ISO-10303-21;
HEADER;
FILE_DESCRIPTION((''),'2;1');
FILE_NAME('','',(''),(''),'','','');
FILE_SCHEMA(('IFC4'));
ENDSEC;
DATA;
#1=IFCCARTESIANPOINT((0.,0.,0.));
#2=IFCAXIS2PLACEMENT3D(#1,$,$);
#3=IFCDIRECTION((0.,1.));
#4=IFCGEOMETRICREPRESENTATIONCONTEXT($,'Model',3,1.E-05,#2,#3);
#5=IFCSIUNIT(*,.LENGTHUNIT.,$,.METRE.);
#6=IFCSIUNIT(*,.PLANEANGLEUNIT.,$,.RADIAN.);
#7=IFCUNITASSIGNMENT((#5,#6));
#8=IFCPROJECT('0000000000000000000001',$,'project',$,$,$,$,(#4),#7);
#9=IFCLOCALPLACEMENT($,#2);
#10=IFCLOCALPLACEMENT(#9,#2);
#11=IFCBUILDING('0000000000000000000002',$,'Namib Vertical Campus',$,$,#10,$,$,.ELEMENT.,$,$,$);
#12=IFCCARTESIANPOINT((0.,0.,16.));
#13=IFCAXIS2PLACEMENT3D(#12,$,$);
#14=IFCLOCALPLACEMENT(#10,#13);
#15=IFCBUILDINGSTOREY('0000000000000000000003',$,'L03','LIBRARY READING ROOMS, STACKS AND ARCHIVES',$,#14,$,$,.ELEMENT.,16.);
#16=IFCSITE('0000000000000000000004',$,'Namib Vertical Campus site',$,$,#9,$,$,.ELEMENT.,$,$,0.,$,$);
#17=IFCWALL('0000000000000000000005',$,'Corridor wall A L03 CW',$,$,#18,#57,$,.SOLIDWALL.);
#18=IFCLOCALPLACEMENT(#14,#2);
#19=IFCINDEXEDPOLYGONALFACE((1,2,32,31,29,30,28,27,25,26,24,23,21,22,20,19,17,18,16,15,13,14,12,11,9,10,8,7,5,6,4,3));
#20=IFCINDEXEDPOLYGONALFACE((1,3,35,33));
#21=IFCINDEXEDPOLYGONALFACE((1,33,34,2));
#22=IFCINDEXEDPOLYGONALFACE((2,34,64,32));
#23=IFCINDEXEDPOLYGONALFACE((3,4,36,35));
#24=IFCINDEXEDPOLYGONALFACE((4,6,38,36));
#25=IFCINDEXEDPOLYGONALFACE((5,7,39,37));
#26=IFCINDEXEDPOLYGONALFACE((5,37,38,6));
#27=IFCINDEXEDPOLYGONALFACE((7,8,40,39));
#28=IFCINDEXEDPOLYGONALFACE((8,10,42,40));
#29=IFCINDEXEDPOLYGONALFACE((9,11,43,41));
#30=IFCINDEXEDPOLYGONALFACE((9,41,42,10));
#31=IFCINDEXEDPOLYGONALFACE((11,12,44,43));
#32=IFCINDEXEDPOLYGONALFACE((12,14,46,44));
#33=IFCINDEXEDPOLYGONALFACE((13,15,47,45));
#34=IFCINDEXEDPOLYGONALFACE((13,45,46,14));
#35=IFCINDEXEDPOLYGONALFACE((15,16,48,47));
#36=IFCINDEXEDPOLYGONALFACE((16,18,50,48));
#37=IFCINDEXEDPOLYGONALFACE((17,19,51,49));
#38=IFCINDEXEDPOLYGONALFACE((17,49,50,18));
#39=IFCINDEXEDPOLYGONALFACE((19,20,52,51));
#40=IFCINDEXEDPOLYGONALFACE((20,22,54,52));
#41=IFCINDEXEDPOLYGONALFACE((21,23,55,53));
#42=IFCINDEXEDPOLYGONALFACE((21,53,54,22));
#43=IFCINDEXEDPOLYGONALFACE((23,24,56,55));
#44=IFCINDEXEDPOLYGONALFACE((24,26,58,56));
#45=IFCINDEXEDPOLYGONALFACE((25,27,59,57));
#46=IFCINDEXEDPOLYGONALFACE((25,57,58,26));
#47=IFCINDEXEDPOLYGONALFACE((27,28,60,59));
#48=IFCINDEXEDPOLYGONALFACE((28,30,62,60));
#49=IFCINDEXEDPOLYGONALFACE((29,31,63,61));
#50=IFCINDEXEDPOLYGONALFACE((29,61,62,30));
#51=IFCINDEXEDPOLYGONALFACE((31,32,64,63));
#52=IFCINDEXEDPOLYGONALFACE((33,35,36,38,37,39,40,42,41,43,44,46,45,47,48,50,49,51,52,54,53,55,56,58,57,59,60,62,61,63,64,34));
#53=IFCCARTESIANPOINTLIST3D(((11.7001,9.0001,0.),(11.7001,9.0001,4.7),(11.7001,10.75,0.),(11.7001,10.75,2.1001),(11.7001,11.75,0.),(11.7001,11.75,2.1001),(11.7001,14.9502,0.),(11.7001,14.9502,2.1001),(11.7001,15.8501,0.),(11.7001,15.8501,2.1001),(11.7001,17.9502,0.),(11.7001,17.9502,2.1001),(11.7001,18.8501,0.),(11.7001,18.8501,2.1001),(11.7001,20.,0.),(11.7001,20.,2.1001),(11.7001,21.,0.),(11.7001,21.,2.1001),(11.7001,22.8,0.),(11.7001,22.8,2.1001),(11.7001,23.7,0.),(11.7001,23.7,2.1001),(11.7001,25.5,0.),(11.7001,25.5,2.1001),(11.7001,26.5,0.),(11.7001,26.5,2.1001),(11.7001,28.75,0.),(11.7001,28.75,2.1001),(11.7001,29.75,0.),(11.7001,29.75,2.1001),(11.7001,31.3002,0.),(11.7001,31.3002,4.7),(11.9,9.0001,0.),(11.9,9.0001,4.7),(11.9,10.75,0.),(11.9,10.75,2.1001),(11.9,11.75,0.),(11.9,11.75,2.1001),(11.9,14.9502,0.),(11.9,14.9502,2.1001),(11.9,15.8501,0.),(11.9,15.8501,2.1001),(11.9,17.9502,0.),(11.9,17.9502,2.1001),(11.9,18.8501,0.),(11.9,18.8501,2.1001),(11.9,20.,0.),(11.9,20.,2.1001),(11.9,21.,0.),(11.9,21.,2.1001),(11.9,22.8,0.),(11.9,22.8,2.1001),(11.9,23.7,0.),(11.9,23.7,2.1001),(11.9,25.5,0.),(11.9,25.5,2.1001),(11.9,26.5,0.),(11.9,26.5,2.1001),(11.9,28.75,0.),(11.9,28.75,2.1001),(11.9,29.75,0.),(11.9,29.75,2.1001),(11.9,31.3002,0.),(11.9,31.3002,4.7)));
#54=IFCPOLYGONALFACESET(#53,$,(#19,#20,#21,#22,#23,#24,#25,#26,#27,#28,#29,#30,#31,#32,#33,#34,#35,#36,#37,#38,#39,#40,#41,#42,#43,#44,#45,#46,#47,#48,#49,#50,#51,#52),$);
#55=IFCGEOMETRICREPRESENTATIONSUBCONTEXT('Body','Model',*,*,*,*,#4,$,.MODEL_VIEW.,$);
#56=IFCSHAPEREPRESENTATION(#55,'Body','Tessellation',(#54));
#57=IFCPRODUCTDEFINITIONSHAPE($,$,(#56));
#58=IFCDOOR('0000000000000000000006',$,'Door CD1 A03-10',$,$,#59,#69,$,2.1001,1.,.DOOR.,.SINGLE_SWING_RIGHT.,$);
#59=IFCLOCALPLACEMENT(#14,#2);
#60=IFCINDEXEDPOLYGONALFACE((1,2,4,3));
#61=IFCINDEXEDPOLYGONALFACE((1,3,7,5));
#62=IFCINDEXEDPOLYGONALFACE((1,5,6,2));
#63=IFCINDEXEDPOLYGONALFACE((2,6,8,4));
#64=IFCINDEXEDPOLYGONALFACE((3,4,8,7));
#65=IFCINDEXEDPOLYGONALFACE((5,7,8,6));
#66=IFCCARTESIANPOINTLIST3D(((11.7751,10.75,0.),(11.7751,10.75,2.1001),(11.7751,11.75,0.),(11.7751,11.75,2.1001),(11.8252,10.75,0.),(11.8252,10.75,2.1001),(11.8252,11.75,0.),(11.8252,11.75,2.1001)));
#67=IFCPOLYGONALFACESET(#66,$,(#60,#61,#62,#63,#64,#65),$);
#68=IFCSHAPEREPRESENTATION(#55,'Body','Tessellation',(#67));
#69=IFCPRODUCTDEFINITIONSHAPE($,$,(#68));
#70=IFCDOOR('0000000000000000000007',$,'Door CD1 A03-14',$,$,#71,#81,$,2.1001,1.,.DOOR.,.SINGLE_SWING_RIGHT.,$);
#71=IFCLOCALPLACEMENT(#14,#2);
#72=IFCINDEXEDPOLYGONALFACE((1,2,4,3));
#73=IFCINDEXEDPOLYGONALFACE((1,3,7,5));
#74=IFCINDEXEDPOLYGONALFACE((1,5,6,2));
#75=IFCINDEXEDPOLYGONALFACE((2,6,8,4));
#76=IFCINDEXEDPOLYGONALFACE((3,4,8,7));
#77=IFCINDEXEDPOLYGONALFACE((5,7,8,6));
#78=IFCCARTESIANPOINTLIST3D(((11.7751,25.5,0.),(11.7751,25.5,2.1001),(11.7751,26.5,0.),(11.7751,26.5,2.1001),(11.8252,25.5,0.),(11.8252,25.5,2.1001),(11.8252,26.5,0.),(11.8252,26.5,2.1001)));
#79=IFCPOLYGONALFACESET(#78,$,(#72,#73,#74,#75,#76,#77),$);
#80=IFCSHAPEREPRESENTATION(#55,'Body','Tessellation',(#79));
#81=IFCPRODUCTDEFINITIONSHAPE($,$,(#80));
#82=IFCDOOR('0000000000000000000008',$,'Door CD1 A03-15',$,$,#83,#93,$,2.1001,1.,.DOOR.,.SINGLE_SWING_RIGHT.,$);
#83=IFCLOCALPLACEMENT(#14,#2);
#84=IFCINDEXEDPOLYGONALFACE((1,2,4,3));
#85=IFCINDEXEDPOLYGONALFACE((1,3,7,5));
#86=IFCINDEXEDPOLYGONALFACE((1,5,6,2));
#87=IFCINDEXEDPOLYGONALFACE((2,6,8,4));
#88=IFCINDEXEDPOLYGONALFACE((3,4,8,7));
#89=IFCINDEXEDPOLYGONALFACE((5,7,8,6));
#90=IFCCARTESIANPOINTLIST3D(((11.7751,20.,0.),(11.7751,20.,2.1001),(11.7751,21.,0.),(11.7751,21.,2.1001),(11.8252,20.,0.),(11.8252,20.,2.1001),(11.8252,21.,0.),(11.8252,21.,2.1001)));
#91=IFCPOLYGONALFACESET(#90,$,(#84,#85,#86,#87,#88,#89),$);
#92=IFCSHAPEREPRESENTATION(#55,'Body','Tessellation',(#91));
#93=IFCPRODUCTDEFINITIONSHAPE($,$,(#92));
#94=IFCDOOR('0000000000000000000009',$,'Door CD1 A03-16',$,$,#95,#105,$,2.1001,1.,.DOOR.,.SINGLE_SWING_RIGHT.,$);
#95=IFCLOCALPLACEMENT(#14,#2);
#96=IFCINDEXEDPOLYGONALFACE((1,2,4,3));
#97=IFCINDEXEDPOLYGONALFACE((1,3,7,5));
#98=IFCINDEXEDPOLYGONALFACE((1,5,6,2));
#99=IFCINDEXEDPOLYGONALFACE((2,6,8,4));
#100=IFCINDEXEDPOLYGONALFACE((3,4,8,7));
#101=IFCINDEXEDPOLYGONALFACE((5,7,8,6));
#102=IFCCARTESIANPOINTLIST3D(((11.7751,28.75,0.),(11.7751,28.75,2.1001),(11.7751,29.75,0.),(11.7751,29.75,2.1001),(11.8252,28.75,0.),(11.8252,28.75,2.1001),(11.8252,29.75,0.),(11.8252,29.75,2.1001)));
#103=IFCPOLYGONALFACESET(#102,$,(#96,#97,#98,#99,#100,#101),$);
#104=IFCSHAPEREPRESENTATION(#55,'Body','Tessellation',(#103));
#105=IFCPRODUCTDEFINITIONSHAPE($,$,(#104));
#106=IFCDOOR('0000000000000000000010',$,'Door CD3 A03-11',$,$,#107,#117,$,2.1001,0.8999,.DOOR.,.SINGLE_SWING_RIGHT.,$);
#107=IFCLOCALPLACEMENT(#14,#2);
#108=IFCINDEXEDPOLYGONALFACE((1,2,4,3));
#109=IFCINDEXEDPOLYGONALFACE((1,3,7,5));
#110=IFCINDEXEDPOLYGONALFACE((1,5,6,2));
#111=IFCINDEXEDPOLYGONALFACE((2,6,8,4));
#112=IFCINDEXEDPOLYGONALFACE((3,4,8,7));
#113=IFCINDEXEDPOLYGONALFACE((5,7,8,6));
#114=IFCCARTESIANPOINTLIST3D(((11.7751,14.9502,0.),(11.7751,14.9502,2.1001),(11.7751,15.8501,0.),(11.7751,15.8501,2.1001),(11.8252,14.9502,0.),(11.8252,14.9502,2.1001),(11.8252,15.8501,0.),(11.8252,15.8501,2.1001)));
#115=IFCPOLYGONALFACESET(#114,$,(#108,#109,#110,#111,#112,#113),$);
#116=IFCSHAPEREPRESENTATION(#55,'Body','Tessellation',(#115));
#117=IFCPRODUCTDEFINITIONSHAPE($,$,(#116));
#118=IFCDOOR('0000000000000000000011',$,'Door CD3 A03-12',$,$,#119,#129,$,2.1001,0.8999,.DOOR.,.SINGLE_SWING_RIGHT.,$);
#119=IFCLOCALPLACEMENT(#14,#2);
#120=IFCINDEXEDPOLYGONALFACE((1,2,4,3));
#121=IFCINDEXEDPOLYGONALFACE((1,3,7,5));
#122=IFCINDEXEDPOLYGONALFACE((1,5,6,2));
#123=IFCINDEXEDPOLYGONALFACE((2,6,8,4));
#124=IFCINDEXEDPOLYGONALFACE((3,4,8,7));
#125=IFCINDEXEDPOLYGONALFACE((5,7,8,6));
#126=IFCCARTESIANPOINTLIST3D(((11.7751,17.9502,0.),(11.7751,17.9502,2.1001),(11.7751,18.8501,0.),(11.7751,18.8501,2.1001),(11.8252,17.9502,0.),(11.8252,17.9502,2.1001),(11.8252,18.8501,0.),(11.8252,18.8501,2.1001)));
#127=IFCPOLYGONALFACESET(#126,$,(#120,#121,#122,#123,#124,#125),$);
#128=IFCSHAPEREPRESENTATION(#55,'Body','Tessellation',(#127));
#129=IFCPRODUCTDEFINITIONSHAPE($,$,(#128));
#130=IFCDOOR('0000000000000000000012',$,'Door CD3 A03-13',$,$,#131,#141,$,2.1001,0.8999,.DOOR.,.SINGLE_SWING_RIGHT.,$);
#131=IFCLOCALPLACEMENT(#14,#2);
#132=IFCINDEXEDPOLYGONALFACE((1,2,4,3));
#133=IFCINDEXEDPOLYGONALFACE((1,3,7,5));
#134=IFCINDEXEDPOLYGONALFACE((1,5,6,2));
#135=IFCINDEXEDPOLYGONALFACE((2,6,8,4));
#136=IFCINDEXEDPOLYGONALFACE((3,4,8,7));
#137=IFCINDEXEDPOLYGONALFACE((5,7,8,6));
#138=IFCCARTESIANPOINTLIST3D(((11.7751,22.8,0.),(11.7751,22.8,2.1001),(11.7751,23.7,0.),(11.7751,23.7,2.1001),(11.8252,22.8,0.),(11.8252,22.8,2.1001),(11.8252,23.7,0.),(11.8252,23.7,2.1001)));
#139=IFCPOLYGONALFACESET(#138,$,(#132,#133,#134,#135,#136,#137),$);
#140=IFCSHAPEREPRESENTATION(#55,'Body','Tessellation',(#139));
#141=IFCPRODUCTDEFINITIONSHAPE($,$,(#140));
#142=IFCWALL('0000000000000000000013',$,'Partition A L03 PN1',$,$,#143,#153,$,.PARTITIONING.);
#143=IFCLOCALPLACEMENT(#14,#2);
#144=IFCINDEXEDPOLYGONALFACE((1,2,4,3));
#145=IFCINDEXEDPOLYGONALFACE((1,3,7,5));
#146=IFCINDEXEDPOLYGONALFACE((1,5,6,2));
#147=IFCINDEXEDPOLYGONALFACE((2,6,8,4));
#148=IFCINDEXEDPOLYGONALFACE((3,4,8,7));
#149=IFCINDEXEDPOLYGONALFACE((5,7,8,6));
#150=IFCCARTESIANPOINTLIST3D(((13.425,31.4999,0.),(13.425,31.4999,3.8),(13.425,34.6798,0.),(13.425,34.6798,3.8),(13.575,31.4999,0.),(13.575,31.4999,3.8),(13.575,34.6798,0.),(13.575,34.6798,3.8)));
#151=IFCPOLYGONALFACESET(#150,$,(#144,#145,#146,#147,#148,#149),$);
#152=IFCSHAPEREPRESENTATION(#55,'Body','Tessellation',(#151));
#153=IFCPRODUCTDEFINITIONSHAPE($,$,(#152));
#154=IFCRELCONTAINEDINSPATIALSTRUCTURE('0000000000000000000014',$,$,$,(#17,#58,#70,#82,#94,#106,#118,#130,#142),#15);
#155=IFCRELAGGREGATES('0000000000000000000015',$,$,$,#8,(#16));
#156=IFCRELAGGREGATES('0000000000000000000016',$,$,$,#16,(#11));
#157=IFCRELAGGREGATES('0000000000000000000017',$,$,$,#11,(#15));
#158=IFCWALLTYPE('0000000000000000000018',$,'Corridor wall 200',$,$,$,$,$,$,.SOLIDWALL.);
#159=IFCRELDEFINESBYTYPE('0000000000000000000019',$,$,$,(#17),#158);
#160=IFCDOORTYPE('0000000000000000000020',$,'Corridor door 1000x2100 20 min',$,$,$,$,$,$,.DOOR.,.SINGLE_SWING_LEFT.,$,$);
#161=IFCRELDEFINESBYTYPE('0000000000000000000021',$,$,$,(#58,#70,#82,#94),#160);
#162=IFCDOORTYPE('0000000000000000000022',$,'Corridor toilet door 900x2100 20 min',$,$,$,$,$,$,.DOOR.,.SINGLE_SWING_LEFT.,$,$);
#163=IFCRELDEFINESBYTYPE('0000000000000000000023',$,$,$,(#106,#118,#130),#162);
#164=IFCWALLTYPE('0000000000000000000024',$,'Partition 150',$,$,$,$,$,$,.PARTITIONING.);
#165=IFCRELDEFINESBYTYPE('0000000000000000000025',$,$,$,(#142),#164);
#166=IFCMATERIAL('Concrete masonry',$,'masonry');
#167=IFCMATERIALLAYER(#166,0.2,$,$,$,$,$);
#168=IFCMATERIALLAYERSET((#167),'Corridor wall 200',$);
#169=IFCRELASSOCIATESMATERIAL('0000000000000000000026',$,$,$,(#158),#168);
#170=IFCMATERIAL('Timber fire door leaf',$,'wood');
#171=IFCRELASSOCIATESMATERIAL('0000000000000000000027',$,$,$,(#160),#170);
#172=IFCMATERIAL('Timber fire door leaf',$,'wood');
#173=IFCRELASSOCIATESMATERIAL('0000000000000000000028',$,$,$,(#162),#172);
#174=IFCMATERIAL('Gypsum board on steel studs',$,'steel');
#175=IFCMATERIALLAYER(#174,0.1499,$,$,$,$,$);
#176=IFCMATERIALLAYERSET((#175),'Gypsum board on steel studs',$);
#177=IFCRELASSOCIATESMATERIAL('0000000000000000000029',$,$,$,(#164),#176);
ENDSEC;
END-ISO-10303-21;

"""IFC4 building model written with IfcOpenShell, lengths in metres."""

from ifc_helpers import new_model, si_unit, direction, frame, frame_2d, origin, place, context, subcontext, project, spatial, rectangle, extrude, material, layer, layer_set, type_object, element, fill, save


model = new_model("IFC4")

# Units and contexts
model_context = context("Model", 3, precision=1e-05, world=origin(), true_north=direction((0.0, 1.0)))
body_context = subcontext(model_context, "Body", "Model", "MODEL_VIEW")
ifc_project = project(units=[si_unit("LENGTHUNIT", "METRE"), si_unit("PLANEANGLEUNIT", "RADIAN")], contexts=[model_context])

# Site, building, storey
site_placement = place(None, origin())
site = spatial("IfcSite", under=ifc_project, at=site_placement, Name="Namib Vertical Campus site", CompositionType="ELEMENT", RefElevation=0.0)
building_placement = place(site_placement, origin())
building = spatial("IfcBuilding", under=site, at=building_placement, Name="Namib Vertical Campus", CompositionType="ELEMENT")
storey_placement = place(building_placement, frame((0.0, 0.0, 16.0)))
storey = spatial("IfcBuildingStorey", under=building, at=storey_placement, Name="L03", Description="LIBRARY READING ROOMS, STACKS AND ARCHIVES", CompositionType="ELEMENT", Elevation=16.0)

# Wall, openings, doors
ifc_material_1 = material(Name="Concrete masonry", Category="masonry")
ifc_layer_1 = layer(ifc_material_1, 0.2)
ifc_layer_set_1 = layer_set([ifc_layer_1], Name="Corridor wall 200")
wall_type_1 = type_object("IfcWallType", Name="Corridor wall 200", PredefinedType="SOLIDWALL", material=ifc_layer_set_1)
wall_1_placement = place(storey_placement, frame((11.8, 31.3, 0.0), z_axis=(0.0, 0.0, 1.0), x_axis=(0.0, -1.0, 0.0)))
wall_1 = element("IfcWall", 1, at=wall_1_placement, inside=storey, type_object=wall_type_1, Name="Corridor wall A L03 CW", PredefinedType="SOLIDWALL", context=body_context, shape_type="SweptSolid", body=[
    extrude(rectangle(XDim=22.3, YDim=0.2, at=frame_2d((11.1499, 0.0))), origin(), (0.0, 0.0, 1.0), 4.7),
])
opening_1_placement = place(wall_1_placement, frame((19.55, 0.0, 0.0)))
opening_1 = element("IfcOpeningElement", 2, at=opening_1_placement, cuts=wall_1, PredefinedType="OPENING", context=body_context, shape_type="SweptSolid", body=[
    extrude(rectangle(XDim=1.0, YDim=2.1001, at=frame_2d((0.5, 1.05))), frame((0.0, 0.1099, 0.0), z_axis=(0.0, -1.0, 0.0), x_axis=(1.0, 0.0, 0.0)), (0.0, 0.0, 1.0), 0.22),
])
opening_2_placement = place(wall_1_placement, frame((15.45, 0.0, 0.0)))
opening_2 = element("IfcOpeningElement", 3, at=opening_2_placement, cuts=wall_1, PredefinedType="OPENING", context=body_context, shape_type="SweptSolid", body=[
    extrude(rectangle(XDim=0.8999, YDim=2.1001, at=frame_2d((0.45, 1.05))), frame((0.0, 0.1099, 0.0), z_axis=(0.0, -1.0, 0.0), x_axis=(1.0, 0.0, 0.0)), (0.0, 0.0, 1.0), 0.22),
])
opening_3_placement = place(wall_1_placement, frame((12.45, 0.0, 0.0)))
opening_3 = element("IfcOpeningElement", 4, at=opening_3_placement, cuts=wall_1, PredefinedType="OPENING", context=body_context, shape_type="SweptSolid", body=[
    extrude(rectangle(XDim=0.8999, YDim=2.1001, at=frame_2d((0.45, 1.05))), frame((0.0, 0.1099, 0.0), z_axis=(0.0, -1.0, 0.0), x_axis=(1.0, 0.0, 0.0)), (0.0, 0.0, 1.0), 0.22),
])
opening_4_placement = place(wall_1_placement, frame((7.6001, 0.0, 0.0)))
opening_4 = element("IfcOpeningElement", 5, at=opening_4_placement, cuts=wall_1, PredefinedType="OPENING", context=body_context, shape_type="SweptSolid", body=[
    extrude(rectangle(XDim=0.8999, YDim=2.1001, at=frame_2d((0.45, 1.05))), frame((0.0, 0.1099, 0.0), z_axis=(0.0, -1.0, 0.0), x_axis=(1.0, 0.0, 0.0)), (0.0, 0.0, 1.0), 0.22),
])
opening_5_placement = place(wall_1_placement, frame((4.8, 0.0, 0.0)))
opening_5 = element("IfcOpeningElement", 6, at=opening_5_placement, cuts=wall_1, PredefinedType="OPENING", context=body_context, shape_type="SweptSolid", body=[
    extrude(rectangle(XDim=1.0, YDim=2.1001, at=frame_2d((0.5, 1.05))), frame((0.0, 0.1099, 0.0), z_axis=(0.0, -1.0, 0.0), x_axis=(1.0, 0.0, 0.0)), (0.0, 0.0, 1.0), 0.22),
])
opening_6_placement = place(wall_1_placement, frame((10.3, 0.0, 0.0)))
opening_6 = element("IfcOpeningElement", 7, at=opening_6_placement, cuts=wall_1, PredefinedType="OPENING", context=body_context, shape_type="SweptSolid", body=[
    extrude(rectangle(XDim=1.0, YDim=2.1001, at=frame_2d((0.5, 1.05))), frame((0.0, 0.1099, 0.0), z_axis=(0.0, -1.0, 0.0), x_axis=(1.0, 0.0, 0.0)), (0.0, 0.0, 1.0), 0.22),
])
opening_7_placement = place(wall_1_placement, frame((1.55, 0.0, 0.0)))
opening_7 = element("IfcOpeningElement", 8, at=opening_7_placement, cuts=wall_1, PredefinedType="OPENING", context=body_context, shape_type="SweptSolid", body=[
    extrude(rectangle(XDim=1.0, YDim=2.1001, at=frame_2d((0.5, 1.05))), frame((0.0, 0.1099, 0.0), z_axis=(0.0, -1.0, 0.0), x_axis=(1.0, 0.0, 0.0)), (0.0, 0.0, 1.0), 0.22),
])
ifc_material_2 = material(Name="Timber fire door leaf", Category="wood")
door_type_1 = type_object("IfcDoorType", Name="Corridor door 1000x2100 20 min", OperationType="SINGLE_SWING_LEFT", PredefinedType="DOOR", material=ifc_material_2)
door_1_placement = place(opening_1_placement, frame((1.0, 0.0, 0.0), z_axis=(0.0, 0.0, 1.0), x_axis=(-1.0, 0.0, 0.0)))
door_1 = element("IfcDoor", 9, at=door_1_placement, inside=storey, type_object=door_type_1, Name="Door CD1 A03-10", OperationType="SINGLE_SWING_RIGHT", OverallHeight=2.1001, OverallWidth=1.0, PredefinedType="DOOR", context=body_context, shape_type="SweptSolid", body=[
    extrude(rectangle(XDim=1.0, YDim=2.1001, at=frame_2d((0.5, 1.05))), frame((0.0, 0.0249, 0.0), z_axis=(0.0, -1.0, 0.0), x_axis=(1.0, 0.0, 0.0)), (0.0, 0.0, 1.0), 0.05),
])
fill(opening_1, door_1)
door_2_placement = place(opening_5_placement, frame((1.0, 0.0, 0.0), z_axis=(0.0, 0.0, 1.0), x_axis=(-1.0, 0.0, 0.0)))
door_2 = element("IfcDoor", 10, at=door_2_placement, inside=storey, type_object=door_type_1, Name="Door CD1 A03-14", OperationType="SINGLE_SWING_RIGHT", OverallHeight=2.1001, OverallWidth=1.0, PredefinedType="DOOR", context=body_context, shape_type="SweptSolid", body=[
    extrude(rectangle(XDim=1.0, YDim=2.1001, at=frame_2d((0.5, 1.05))), frame((0.0, 0.0249, 0.0), z_axis=(0.0, -1.0, 0.0), x_axis=(1.0, 0.0, 0.0)), (0.0, 0.0, 1.0), 0.05),
])
fill(opening_5, door_2)
door_3_placement = place(opening_6_placement, frame((1.0, 0.0, 0.0), z_axis=(0.0, 0.0, 1.0), x_axis=(-1.0, 0.0, 0.0)))
door_3 = element("IfcDoor", 11, at=door_3_placement, inside=storey, type_object=door_type_1, Name="Door CD1 A03-15", OperationType="SINGLE_SWING_RIGHT", OverallHeight=2.1001, OverallWidth=1.0, PredefinedType="DOOR", context=body_context, shape_type="SweptSolid", body=[
    extrude(rectangle(XDim=1.0, YDim=2.1001, at=frame_2d((0.5, 1.05))), frame((0.0, 0.0249, 0.0), z_axis=(0.0, -1.0, 0.0), x_axis=(1.0, 0.0, 0.0)), (0.0, 0.0, 1.0), 0.05),
])
fill(opening_6, door_3)
door_4_placement = place(opening_7_placement, frame((1.0, 0.0, 0.0), z_axis=(0.0, 0.0, 1.0), x_axis=(-1.0, 0.0, 0.0)))
door_4 = element("IfcDoor", 12, at=door_4_placement, inside=storey, type_object=door_type_1, Name="Door CD1 A03-16", OperationType="SINGLE_SWING_RIGHT", OverallHeight=2.1001, OverallWidth=1.0, PredefinedType="DOOR", context=body_context, shape_type="SweptSolid", body=[
    extrude(rectangle(XDim=1.0, YDim=2.1001, at=frame_2d((0.5, 1.05))), frame((0.0, 0.0249, 0.0), z_axis=(0.0, -1.0, 0.0), x_axis=(1.0, 0.0, 0.0)), (0.0, 0.0, 1.0), 0.05),
])
fill(opening_7, door_4)
ifc_material_3 = material(Name="Timber fire door leaf", Category="wood")
door_type_2 = type_object("IfcDoorType", Name="Corridor toilet door 900x2100 20 min", OperationType="SINGLE_SWING_LEFT", PredefinedType="DOOR", material=ifc_material_3)
door_5_placement = place(opening_2_placement, frame((0.8999, 0.0, 0.0), z_axis=(0.0, 0.0, 1.0), x_axis=(-1.0, 0.0, 0.0)))
door_5 = element("IfcDoor", 13, at=door_5_placement, inside=storey, type_object=door_type_2, Name="Door CD3 A03-11", OperationType="SINGLE_SWING_RIGHT", OverallHeight=2.1001, OverallWidth=0.8999, PredefinedType="DOOR", context=body_context, shape_type="SweptSolid", body=[
    extrude(rectangle(XDim=0.8999, YDim=2.1001, at=frame_2d((0.45, 1.05))), frame((0.0, 0.0249, 0.0), z_axis=(0.0, -1.0, 0.0), x_axis=(1.0, 0.0, 0.0)), (0.0, 0.0, 1.0), 0.05),
])
fill(opening_2, door_5)
door_6_placement = place(opening_3_placement, frame((0.8999, 0.0, 0.0), z_axis=(0.0, 0.0, 1.0), x_axis=(-1.0, 0.0, 0.0)))
door_6 = element("IfcDoor", 14, at=door_6_placement, inside=storey, type_object=door_type_2, Name="Door CD3 A03-12", OperationType="SINGLE_SWING_RIGHT", OverallHeight=2.1001, OverallWidth=0.8999, PredefinedType="DOOR", context=body_context, shape_type="SweptSolid", body=[
    extrude(rectangle(XDim=0.8999, YDim=2.1001, at=frame_2d((0.45, 1.05))), frame((0.0, 0.0249, 0.0), z_axis=(0.0, -1.0, 0.0), x_axis=(1.0, 0.0, 0.0)), (0.0, 0.0, 1.0), 0.05),
])
fill(opening_3, door_6)
door_7_placement = place(opening_4_placement, frame((0.8999, 0.0, 0.0), z_axis=(0.0, 0.0, 1.0), x_axis=(-1.0, 0.0, 0.0)))
door_7 = element("IfcDoor", 15, at=door_7_placement, inside=storey, type_object=door_type_2, Name="Door CD3 A03-13", OperationType="SINGLE_SWING_RIGHT", OverallHeight=2.1001, OverallWidth=0.8999, PredefinedType="DOOR", context=body_context, shape_type="SweptSolid", body=[
    extrude(rectangle(XDim=0.8999, YDim=2.1001, at=frame_2d((0.45, 1.05))), frame((0.0, 0.0249, 0.0), z_axis=(0.0, -1.0, 0.0), x_axis=(1.0, 0.0, 0.0)), (0.0, 0.0, 1.0), 0.05),
])
fill(opening_4, door_7)

# Wall
ifc_material_4 = material(Name="Gypsum board on steel studs", Category="steel")
ifc_layer_2 = layer(ifc_material_4, 0.1499)
ifc_layer_set_2 = layer_set([ifc_layer_2], Name="Gypsum board on steel studs")
wall_type_2 = type_object("IfcWallType", Name="Partition 150", PredefinedType="PARTITIONING", material=ifc_layer_set_2)
wall_2_placement = place(storey_placement, frame((13.5, 31.5, 0.0), z_axis=(0.0, 0.0, 1.0), x_axis=(0.0, 1.0, 0.0)))
element("IfcWall", 16, at=wall_2_placement, inside=storey, type_object=wall_type_2, Name="Partition A L03 PN1", PredefinedType="PARTITIONING", context=body_context, shape_type="SweptSolid", body=[
    extrude(rectangle(XDim=3.1799, YDim=0.1499, at=frame_2d((1.5898, 0.0))), origin(), (0.0, 0.0, 1.0), 3.8),
])

save(model, "model.ifc")
